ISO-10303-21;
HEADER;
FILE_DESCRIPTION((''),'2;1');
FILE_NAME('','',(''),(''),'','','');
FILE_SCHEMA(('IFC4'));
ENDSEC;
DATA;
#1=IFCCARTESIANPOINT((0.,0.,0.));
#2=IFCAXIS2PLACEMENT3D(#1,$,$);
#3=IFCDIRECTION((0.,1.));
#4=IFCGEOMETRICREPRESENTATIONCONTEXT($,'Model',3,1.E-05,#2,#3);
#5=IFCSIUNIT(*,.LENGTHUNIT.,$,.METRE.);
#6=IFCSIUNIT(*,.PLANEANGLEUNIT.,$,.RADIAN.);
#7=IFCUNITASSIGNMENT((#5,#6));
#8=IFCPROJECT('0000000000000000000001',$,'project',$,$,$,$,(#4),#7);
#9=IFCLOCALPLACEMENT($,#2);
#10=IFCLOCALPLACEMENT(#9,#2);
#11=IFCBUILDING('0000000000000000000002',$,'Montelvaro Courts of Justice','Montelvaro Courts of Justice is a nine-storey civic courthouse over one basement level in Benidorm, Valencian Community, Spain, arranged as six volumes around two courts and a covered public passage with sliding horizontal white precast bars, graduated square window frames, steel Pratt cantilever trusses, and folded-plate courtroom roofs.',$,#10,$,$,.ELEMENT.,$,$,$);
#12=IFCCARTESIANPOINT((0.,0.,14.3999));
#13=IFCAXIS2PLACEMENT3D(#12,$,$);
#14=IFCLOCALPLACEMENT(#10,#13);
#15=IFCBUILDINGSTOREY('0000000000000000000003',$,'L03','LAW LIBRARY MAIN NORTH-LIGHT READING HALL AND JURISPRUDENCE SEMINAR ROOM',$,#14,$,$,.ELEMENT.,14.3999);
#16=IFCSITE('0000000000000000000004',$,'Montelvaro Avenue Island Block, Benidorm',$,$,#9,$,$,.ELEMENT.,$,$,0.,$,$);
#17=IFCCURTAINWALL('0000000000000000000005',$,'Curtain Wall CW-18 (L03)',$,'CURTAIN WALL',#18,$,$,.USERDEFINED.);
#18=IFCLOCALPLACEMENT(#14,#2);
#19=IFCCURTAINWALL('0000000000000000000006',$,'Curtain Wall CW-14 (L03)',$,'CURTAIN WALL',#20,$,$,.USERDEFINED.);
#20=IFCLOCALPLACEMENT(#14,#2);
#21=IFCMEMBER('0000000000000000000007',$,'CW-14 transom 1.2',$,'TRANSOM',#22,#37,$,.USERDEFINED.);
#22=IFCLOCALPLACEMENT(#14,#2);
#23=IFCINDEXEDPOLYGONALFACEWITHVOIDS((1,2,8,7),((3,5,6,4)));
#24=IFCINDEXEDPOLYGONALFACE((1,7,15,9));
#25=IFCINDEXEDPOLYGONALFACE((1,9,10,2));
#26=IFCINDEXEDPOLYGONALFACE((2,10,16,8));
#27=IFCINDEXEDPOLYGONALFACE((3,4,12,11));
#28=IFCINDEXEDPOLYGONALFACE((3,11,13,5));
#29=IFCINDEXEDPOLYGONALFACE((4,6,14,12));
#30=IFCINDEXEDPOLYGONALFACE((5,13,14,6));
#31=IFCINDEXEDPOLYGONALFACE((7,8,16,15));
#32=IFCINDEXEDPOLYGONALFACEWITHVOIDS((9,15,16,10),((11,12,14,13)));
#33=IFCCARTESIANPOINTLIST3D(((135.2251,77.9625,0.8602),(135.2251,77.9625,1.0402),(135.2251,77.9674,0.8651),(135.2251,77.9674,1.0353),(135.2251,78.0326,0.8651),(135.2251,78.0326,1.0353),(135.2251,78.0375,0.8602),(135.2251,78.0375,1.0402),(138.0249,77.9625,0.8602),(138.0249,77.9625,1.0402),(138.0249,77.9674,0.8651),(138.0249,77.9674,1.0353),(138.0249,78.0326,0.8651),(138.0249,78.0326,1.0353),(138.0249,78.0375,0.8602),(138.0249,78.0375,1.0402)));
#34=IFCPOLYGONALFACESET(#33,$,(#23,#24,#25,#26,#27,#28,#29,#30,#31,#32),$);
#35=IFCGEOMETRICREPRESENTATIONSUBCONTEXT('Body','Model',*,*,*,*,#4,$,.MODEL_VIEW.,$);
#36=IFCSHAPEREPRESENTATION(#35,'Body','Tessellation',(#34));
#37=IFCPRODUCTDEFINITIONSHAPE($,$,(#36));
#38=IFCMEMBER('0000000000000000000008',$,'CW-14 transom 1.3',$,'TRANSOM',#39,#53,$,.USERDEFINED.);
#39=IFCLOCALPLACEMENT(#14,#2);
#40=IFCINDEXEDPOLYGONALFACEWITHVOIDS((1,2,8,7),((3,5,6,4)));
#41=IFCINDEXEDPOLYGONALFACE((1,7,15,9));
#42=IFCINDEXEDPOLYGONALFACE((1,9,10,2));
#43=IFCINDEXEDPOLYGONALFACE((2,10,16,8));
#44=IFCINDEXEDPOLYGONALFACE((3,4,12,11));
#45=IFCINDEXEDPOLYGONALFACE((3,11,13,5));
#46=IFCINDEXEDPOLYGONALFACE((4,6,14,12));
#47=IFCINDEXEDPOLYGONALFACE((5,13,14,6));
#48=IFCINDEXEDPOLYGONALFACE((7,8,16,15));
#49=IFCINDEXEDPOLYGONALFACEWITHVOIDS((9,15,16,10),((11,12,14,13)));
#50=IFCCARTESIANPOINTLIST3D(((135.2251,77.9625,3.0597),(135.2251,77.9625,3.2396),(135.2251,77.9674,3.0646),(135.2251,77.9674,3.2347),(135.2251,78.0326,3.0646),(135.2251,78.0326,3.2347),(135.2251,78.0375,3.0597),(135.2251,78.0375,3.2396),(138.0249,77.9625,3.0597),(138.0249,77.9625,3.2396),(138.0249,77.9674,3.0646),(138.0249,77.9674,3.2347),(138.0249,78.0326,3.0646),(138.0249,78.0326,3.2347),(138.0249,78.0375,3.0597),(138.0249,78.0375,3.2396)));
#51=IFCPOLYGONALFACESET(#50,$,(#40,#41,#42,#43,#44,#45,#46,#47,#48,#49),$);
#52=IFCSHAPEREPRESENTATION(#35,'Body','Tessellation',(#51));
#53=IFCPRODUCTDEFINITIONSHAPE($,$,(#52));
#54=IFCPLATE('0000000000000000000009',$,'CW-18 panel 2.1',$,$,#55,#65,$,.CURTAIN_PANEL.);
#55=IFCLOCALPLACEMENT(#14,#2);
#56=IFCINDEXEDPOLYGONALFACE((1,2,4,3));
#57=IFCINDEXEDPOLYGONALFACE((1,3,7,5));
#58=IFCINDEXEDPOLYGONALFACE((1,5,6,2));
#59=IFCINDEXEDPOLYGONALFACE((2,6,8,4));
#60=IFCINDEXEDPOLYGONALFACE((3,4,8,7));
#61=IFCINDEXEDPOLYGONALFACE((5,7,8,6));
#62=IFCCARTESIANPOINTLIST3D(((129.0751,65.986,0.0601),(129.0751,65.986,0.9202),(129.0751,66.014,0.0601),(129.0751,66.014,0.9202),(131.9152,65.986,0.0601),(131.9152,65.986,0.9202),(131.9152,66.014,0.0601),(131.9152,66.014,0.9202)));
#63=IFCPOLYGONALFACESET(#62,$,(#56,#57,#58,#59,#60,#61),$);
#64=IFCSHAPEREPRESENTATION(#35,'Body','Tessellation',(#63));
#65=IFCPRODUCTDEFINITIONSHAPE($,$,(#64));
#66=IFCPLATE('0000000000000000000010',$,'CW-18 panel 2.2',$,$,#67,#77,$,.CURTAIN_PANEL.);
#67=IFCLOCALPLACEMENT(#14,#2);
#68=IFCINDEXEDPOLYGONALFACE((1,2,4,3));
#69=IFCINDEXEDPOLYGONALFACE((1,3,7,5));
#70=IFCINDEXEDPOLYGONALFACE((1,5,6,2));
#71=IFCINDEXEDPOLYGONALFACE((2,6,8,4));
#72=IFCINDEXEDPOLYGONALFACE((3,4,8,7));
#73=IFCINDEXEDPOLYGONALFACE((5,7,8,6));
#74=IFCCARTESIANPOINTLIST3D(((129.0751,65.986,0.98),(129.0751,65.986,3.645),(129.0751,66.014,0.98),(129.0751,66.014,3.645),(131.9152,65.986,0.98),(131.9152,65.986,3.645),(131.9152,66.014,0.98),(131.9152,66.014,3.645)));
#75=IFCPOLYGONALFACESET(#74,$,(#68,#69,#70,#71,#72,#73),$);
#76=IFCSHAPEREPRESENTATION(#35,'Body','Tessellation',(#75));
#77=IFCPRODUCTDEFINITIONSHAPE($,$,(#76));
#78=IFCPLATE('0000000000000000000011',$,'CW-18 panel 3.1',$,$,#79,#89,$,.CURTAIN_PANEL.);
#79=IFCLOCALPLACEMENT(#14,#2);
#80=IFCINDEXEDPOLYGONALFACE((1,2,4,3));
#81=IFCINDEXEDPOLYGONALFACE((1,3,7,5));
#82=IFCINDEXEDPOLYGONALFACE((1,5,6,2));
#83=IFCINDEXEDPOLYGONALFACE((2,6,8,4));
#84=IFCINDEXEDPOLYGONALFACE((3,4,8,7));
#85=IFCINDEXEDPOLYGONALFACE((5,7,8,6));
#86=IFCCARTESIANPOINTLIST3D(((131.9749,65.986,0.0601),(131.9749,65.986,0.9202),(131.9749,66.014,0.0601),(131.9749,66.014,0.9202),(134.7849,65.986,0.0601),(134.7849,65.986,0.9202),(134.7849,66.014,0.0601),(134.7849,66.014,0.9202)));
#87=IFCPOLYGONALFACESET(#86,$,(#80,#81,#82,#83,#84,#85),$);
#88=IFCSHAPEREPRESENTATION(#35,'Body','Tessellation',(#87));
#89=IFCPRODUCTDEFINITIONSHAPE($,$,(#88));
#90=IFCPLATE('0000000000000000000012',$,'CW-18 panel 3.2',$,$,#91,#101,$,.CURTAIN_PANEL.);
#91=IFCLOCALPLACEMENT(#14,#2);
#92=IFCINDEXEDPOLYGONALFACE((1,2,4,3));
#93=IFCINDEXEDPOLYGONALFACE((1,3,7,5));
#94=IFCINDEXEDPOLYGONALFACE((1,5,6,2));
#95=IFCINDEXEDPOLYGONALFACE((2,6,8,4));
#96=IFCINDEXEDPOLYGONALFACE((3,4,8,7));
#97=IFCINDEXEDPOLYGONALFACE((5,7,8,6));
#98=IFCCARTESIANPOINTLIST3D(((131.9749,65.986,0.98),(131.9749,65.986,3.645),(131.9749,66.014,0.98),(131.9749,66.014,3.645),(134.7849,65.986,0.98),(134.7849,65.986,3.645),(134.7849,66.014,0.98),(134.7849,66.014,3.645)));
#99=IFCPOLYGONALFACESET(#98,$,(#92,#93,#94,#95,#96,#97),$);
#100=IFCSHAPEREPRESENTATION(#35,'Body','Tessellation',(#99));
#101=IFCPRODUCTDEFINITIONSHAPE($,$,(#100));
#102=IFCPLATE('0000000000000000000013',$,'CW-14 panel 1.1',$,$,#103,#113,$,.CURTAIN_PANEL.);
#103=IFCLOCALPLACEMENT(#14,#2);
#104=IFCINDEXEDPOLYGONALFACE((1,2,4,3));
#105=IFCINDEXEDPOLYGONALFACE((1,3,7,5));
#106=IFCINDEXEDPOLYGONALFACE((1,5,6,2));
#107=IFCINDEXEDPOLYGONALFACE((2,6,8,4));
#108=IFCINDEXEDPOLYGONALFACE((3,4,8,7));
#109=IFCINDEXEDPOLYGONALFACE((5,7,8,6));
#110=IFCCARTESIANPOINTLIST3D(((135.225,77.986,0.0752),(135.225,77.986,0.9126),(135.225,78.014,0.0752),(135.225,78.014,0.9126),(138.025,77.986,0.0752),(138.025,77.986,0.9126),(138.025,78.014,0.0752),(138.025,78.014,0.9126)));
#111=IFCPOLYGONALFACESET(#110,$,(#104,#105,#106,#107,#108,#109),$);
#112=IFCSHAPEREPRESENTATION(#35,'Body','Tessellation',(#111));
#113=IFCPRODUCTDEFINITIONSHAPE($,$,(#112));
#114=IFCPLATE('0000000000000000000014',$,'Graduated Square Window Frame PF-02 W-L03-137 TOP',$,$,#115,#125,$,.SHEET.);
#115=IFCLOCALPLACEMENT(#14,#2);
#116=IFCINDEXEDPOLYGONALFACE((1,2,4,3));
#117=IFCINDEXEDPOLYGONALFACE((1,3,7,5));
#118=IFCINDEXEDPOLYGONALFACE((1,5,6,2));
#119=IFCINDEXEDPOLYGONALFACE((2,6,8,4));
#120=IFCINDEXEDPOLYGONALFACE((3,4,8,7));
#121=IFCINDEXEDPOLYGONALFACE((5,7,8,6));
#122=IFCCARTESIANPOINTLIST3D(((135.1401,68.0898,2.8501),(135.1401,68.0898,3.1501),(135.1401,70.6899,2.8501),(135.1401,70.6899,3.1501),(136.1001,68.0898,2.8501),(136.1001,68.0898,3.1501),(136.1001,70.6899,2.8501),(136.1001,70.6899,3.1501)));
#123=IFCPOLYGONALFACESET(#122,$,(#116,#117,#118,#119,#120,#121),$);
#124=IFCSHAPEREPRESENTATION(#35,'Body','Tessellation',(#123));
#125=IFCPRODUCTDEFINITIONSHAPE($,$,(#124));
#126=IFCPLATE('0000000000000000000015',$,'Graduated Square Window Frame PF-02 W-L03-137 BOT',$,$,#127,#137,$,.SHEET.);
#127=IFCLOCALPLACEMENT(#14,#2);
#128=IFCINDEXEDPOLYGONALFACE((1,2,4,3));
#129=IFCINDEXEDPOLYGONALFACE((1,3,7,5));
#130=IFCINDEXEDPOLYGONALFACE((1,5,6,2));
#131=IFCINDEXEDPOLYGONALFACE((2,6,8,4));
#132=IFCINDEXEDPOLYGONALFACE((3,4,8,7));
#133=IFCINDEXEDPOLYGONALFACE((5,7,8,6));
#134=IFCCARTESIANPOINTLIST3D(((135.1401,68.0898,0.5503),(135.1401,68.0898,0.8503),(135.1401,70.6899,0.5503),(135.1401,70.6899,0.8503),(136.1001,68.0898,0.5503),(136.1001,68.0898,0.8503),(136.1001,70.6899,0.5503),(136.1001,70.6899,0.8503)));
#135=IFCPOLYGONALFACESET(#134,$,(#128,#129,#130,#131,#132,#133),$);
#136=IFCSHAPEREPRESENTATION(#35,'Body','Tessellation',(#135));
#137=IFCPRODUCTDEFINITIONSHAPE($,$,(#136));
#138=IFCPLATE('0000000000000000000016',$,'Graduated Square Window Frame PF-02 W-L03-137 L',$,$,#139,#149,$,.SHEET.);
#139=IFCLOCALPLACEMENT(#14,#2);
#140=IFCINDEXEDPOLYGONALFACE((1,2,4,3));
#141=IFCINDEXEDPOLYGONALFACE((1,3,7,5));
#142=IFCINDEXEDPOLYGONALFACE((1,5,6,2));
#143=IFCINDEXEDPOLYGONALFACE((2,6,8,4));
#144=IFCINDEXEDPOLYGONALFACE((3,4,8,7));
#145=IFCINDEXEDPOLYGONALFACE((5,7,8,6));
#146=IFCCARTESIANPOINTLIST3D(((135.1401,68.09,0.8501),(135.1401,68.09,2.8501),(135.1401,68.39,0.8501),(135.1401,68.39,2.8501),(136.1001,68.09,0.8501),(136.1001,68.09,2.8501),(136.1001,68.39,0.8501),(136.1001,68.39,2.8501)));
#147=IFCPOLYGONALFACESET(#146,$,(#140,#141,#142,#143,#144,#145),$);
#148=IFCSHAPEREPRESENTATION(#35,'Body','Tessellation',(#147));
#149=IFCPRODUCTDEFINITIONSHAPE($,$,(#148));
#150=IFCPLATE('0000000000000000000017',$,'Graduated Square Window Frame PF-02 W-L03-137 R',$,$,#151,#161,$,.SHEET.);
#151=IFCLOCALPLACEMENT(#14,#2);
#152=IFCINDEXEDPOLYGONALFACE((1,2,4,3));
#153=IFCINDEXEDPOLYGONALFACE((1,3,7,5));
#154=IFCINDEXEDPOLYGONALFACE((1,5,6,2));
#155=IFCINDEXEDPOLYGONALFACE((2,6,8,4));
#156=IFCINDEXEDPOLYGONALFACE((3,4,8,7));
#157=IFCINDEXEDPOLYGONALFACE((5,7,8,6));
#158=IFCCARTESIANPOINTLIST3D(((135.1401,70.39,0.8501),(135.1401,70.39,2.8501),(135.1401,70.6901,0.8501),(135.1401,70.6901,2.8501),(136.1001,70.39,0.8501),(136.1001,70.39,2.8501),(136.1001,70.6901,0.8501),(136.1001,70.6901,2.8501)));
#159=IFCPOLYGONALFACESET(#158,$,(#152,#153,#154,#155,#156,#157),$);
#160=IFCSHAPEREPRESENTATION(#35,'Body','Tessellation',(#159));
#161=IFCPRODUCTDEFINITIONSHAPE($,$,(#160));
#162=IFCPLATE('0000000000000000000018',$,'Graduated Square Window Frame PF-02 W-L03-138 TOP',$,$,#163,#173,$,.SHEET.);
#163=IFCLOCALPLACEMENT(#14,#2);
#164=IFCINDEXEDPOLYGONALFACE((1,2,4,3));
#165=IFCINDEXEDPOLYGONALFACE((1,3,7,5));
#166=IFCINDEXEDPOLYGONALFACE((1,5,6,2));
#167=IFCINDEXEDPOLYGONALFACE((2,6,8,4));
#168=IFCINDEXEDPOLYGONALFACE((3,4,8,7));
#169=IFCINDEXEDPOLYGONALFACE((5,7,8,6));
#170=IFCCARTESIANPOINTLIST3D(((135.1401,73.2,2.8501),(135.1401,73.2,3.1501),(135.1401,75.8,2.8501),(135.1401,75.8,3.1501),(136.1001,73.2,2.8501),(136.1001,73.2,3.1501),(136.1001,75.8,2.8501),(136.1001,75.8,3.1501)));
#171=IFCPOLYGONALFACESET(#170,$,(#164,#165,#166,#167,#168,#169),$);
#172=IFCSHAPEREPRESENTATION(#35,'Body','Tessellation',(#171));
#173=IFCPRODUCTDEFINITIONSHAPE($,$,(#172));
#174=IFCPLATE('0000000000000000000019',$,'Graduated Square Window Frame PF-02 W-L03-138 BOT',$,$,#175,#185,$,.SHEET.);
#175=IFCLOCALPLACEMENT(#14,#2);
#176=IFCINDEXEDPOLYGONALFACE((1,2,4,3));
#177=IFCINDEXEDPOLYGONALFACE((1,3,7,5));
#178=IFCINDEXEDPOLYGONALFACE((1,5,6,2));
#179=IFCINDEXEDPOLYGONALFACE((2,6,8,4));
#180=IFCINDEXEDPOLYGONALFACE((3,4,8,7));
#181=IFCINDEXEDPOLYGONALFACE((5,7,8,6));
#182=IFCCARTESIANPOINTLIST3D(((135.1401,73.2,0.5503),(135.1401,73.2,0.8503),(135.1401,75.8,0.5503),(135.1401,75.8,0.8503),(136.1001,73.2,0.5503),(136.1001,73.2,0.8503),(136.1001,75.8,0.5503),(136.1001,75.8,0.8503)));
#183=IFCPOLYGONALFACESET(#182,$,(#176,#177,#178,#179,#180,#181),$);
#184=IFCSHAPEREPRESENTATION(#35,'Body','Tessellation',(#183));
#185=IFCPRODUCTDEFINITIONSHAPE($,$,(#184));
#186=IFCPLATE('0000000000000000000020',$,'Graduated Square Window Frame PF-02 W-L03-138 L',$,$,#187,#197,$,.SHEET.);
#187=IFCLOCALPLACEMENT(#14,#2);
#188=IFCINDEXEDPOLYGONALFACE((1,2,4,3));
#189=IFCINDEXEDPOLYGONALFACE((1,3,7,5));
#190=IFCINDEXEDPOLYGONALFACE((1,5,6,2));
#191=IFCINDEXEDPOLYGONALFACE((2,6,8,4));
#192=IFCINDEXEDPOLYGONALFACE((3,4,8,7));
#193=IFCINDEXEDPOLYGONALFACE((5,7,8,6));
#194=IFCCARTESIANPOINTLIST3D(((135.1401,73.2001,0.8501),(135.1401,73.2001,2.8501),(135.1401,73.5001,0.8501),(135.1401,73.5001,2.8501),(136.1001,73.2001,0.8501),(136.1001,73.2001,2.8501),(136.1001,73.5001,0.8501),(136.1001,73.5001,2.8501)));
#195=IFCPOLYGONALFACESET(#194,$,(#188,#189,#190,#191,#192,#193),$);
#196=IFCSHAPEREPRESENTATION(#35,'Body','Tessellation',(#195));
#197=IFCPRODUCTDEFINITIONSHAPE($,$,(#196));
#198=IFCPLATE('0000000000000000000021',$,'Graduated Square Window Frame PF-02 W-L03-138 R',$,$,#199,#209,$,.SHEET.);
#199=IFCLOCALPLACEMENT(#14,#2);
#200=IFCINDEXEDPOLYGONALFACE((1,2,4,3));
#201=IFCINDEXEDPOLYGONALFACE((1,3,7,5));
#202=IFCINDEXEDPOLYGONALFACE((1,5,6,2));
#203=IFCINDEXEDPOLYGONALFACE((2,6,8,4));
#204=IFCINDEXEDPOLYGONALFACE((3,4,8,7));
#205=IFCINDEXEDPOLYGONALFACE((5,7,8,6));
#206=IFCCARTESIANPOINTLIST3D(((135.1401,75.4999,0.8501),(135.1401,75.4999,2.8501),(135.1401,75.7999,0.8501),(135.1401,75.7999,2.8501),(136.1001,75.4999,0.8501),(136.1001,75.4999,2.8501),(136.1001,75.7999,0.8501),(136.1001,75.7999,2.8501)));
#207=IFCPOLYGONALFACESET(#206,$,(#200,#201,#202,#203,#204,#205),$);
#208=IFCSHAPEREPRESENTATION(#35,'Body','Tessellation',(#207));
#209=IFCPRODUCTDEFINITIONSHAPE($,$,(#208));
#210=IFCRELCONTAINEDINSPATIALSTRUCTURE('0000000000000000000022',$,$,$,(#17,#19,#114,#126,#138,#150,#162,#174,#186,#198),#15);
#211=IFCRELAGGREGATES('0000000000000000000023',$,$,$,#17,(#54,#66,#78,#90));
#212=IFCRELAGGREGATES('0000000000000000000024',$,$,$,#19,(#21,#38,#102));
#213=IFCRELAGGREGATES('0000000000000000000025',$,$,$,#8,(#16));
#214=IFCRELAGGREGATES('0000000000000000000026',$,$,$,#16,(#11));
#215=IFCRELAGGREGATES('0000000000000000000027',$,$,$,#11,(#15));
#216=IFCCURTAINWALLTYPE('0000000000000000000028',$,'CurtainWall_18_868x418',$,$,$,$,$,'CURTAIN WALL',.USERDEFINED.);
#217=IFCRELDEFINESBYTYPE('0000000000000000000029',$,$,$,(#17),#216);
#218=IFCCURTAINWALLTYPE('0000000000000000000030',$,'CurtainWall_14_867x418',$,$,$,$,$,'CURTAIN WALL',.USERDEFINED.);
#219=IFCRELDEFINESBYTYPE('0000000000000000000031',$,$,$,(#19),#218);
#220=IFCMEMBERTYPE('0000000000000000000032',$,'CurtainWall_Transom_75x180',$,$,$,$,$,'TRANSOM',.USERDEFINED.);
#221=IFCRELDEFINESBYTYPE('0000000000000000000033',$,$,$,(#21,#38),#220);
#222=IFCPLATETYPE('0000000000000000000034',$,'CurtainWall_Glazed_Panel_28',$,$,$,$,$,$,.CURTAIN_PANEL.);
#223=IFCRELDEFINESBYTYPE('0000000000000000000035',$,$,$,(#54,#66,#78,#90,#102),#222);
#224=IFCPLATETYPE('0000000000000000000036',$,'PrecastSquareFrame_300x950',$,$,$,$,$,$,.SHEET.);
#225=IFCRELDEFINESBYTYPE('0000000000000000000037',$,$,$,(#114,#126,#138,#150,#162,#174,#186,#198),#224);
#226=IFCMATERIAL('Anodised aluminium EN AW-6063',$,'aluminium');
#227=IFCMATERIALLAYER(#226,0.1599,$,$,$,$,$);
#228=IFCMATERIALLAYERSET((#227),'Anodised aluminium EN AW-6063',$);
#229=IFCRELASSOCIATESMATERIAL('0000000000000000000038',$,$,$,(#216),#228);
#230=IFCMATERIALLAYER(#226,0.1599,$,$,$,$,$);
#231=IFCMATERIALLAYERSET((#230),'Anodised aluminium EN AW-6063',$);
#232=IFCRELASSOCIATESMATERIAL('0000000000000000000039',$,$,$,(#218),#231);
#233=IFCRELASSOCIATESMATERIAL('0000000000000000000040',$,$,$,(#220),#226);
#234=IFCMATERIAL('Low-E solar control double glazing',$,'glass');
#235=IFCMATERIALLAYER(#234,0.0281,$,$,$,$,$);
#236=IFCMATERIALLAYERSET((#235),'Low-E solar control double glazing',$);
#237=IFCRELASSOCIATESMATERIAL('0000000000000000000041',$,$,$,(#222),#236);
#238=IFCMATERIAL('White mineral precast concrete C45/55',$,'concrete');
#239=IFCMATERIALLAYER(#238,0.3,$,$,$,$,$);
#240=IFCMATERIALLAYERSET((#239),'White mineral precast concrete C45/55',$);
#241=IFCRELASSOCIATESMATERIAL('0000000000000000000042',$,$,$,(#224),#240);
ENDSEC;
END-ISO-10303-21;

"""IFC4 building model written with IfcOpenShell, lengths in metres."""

from ifc_helpers import new_model, si_unit, direction, frame, origin, origin_2d, place, context, subcontext, project, spatial, rectangle, hollow_rectangle, extrude, material, layer, layer_set, material_profile, profile_set, type_object, element, aggregate, save


model = new_model("IFC4")

# Units and contexts
model_context = context("Model", 3, precision=1e-05, world=origin(), true_north=direction((0.0, 1.0)))
body_context = subcontext(model_context, "Body", "Model", "MODEL_VIEW")
ifc_project = project(units=[si_unit("LENGTHUNIT", "METRE"), si_unit("PLANEANGLEUNIT", "RADIAN")], contexts=[model_context])

# Site, building, storey
site_placement = place(None, origin())
site = spatial("IfcSite", under=ifc_project, at=site_placement, Name="Montelvaro Avenue Island Block, Benidorm", CompositionType="ELEMENT", RefElevation=0.0)
building_placement = place(site_placement, origin())
building = spatial("IfcBuilding", under=site, at=building_placement, Name="Montelvaro Courts of Justice", Description="Montelvaro Courts of Justice is a nine-storey civic courthouse over one basement level in Benidorm, Valencian Community, Spain, arranged as six volumes around two courts and a covered public passage with sliding horizontal white precast bars, graduated square window frames, steel Pratt cantilever trusses, and folded-plate courtroom roofs.", CompositionType="ELEMENT")
storey_placement = place(building_placement, frame((0.0, 0.0, 14.3999)))
storey = spatial("IfcBuildingStorey", under=building, at=storey_placement, Name="L03", Description="LAW LIBRARY MAIN NORTH-LIGHT READING HALL AND JURISPRUDENCE SEMINAR ROOM", CompositionType="ELEMENT", Elevation=14.3999)

# Curtain wall
ifc_material_1 = material(Name="Anodised aluminium EN AW-6063", Category="aluminium")
ifc_layer_1 = layer(ifc_material_1, 0.1599)
ifc_layer_set_1 = layer_set([ifc_layer_1], Name="Anodised aluminium EN AW-6063")
curtain_wall_type_1 = type_object("IfcCurtainWallType", Name="CurtainWall_18_868x418", ElementType="CURTAIN WALL", PredefinedType="USERDEFINED", material=ifc_layer_set_1)
curtain_wall_1_placement = place(storey_placement, origin())
curtain_wall_1 = element("IfcCurtainWall", 1, at=curtain_wall_1_placement, inside=storey, type_object=curtain_wall_type_1, Name="Curtain Wall CW-18 (L03)", ObjectType="CURTAIN WALL", PredefinedType="USERDEFINED")

# Curtain wall
ifc_layer_2 = layer(ifc_material_1, 0.1599)
ifc_layer_set_2 = layer_set([ifc_layer_2], Name="Anodised aluminium EN AW-6063")
curtain_wall_type_2 = type_object("IfcCurtainWallType", Name="CurtainWall_14_867x418", ElementType="CURTAIN WALL", PredefinedType="USERDEFINED", material=ifc_layer_set_2)
curtain_wall_2_placement = place(storey_placement, origin())
curtain_wall_2 = element("IfcCurtainWall", 2, at=curtain_wall_2_placement, inside=storey, type_object=curtain_wall_type_2, Name="Curtain Wall CW-14 (L03)", ObjectType="CURTAIN WALL", PredefinedType="USERDEFINED")

# Members
ifc_material_profile_1 = material_profile(ifc_material_1, hollow_rectangle(XDim=0.075, YDim=0.1799, WallThickness=0.0049, at=origin_2d()), Name="ALU-T 75x180")
ifc_profile_set_1 = profile_set([ifc_material_profile_1], Name="Anodised aluminium EN AW-6063")
member_type_1 = type_object("IfcMemberType", Name="CurtainWall_Transom_75x180", ElementType="TRANSOM", PredefinedType="USERDEFINED", material=ifc_profile_set_1)
member_1_placement = place(storey_placement, frame((135.2251, 78.0, 0.9502), z_axis=(1.0, 0.0, 0.0), x_axis=(0.0, 1.0, 0.0)))
member_1 = element("IfcMember", 3, at=member_1_placement, type_object=member_type_1, Name="CW-14 transom 1.2", ObjectType="TRANSOM", PredefinedType="USERDEFINED", context=body_context, shape_type="SweptSolid", body=[
    extrude(hollow_rectangle(XDim=0.075, YDim=0.1799, WallThickness=0.0049, at=origin_2d()), origin(), (0.0, 0.0, 1.0), 2.7998),
])
member_2_placement = place(storey_placement, frame((135.2251, 78.0, 3.1497), z_axis=(1.0, 0.0, 0.0), x_axis=(0.0, 1.0, 0.0)))
member_2 = element("IfcMember", 4, at=member_2_placement, type_object=member_type_1, Name="CW-14 transom 1.3", ObjectType="TRANSOM", PredefinedType="USERDEFINED", context=body_context, shape_type="SweptSolid", body=[
    extrude(hollow_rectangle(XDim=0.075, YDim=0.1799, WallThickness=0.0049, at=origin_2d()), origin(), (0.0, 0.0, 1.0), 2.7998),
])

# Plates
ifc_material_2 = material(Name="Low-E solar control double glazing", Category="glass")
ifc_layer_3 = layer(ifc_material_2, 0.0281)
ifc_layer_set_3 = layer_set([ifc_layer_3], Name="Low-E solar control double glazing")
plate_type_1 = type_object("IfcPlateType", Name="CurtainWall_Glazed_Panel_28", PredefinedType="CURTAIN_PANEL", material=ifc_layer_set_3)
plate_1_placement = place(storey_placement, frame((130.4951, 66.0, 0.0601), z_axis=(0.0, 0.0, 1.0), x_axis=(1.0, 0.0, 0.0)))
plate_1 = element("IfcPlate", 5, at=plate_1_placement, type_object=plate_type_1, Name="CW-18 panel 2.1", PredefinedType="CURTAIN_PANEL", context=body_context, shape_type="SweptSolid", body=[
    extrude(rectangle(XDim=2.8401, YDim=0.0281, at=origin_2d()), origin(), (0.0, 0.0, 1.0), 0.8601),
])
plate_2_placement = place(storey_placement, frame((130.4951, 66.0, 0.98), z_axis=(0.0, 0.0, 1.0), x_axis=(1.0, 0.0, 0.0)))
plate_2 = element("IfcPlate", 6, at=plate_2_placement, type_object=plate_type_1, Name="CW-18 panel 2.2", PredefinedType="CURTAIN_PANEL", context=body_context, shape_type="SweptSolid", body=[
    extrude(rectangle(XDim=2.8401, YDim=0.0281, at=origin_2d()), origin(), (0.0, 0.0, 1.0), 2.665),
])
plate_3_placement = place(storey_placement, frame((133.3799, 66.0, 0.0601), z_axis=(0.0, 0.0, 1.0), x_axis=(1.0, 0.0, 0.0)))
plate_3 = element("IfcPlate", 7, at=plate_3_placement, type_object=plate_type_1, Name="CW-18 panel 3.1", PredefinedType="CURTAIN_PANEL", context=body_context, shape_type="SweptSolid", body=[
    extrude(rectangle(XDim=2.8101, YDim=0.0281, at=origin_2d()), origin(), (0.0, 0.0, 1.0), 0.8601),
])
plate_4_placement = place(storey_placement, frame((133.3799, 66.0, 0.98), z_axis=(0.0, 0.0, 1.0), x_axis=(1.0, 0.0, 0.0)))
plate_4 = element("IfcPlate", 8, at=plate_4_placement, type_object=plate_type_1, Name="CW-18 panel 3.2", PredefinedType="CURTAIN_PANEL", context=body_context, shape_type="SweptSolid", body=[
    extrude(rectangle(XDim=2.8101, YDim=0.0281, at=origin_2d()), origin(), (0.0, 0.0, 1.0), 2.665),
])
aggregate(curtain_wall_1, [plate_1, plate_2, plate_3, plate_4])
plate_5_placement = place(storey_placement, frame((136.625, 78.0, 0.0752), z_axis=(0.0, 0.0, 1.0), x_axis=(1.0, 0.0, 0.0)))
plate_5 = element("IfcPlate", 9, at=plate_5_placement, type_object=plate_type_1, Name="CW-14 panel 1.1", PredefinedType="CURTAIN_PANEL", context=body_context, shape_type="SweptSolid", body=[
    extrude(rectangle(XDim=2.8, YDim=0.0281, at=origin_2d()), origin(), (0.0, 0.0, 1.0), 0.8374),
])
aggregate(curtain_wall_2, [member_1, member_2, plate_5])

# Plates
ifc_material_3 = material(Name="White mineral precast concrete C45/55", Category="concrete")
ifc_layer_4 = layer(ifc_material_3, 0.3)
ifc_layer_set_4 = layer_set([ifc_layer_4], Name="White mineral precast concrete C45/55")
plate_type_2 = type_object("IfcPlateType", Name="PrecastSquareFrame_300x950", PredefinedType="SHEET", material=ifc_layer_set_4)
for number, where, z_axis, x_axis, name in (
    (10, (135.6201, 69.3899, 2.8501), (0.0, 0.0, 1.0), (0.0, 1.0, 0.0), "Graduated Square Window Frame PF-02 W-L03-137 TOP"),
    (11, (135.6201, 69.3899, 0.5503), (0.0, 0.0, 1.0), (0.0, 1.0, 0.0), "Graduated Square Window Frame PF-02 W-L03-137 BOT"),
):
    element("IfcPlate", number, at=place(storey_placement, frame(where, z_axis=z_axis, x_axis=x_axis)), inside=storey, type_object=plate_type_2, Name=name, PredefinedType="SHEET", context=body_context, shape_type="SweptSolid", body=[
        extrude(rectangle(XDim=2.6001, YDim=0.96, at=origin_2d()), origin(), (0.0, 0.0, 1.0), 0.3),
    ])
for number, where, z_axis, x_axis, name in (
    (12, (135.6201, 68.24, 0.8501), (0.0, 0.0, 1.0), (0.0, 1.0, 0.0), "Graduated Square Window Frame PF-02 W-L03-137 L"),
    (13, (135.6201, 70.54, 0.8501), (0.0, 0.0, 1.0), (0.0, 1.0, 0.0), "Graduated Square Window Frame PF-02 W-L03-137 R"),
):
    element("IfcPlate", number, at=place(storey_placement, frame(where, z_axis=z_axis, x_axis=x_axis)), inside=storey, type_object=plate_type_2, Name=name, PredefinedType="SHEET", context=body_context, shape_type="SweptSolid", body=[
        extrude(rectangle(XDim=0.3, YDim=0.96, at=origin_2d()), origin(), (0.0, 0.0, 1.0), 2.0),
    ])
for number, where, z_axis, x_axis, name in (
    (14, (135.6201, 74.5, 2.8501), (0.0, 0.0, 1.0), (0.0, 1.0, 0.0), "Graduated Square Window Frame PF-02 W-L03-138 TOP"),
    (15, (135.6201, 74.5, 0.5503), (0.0, 0.0, 1.0), (0.0, 1.0, 0.0), "Graduated Square Window Frame PF-02 W-L03-138 BOT"),
):
    element("IfcPlate", number, at=place(storey_placement, frame(where, z_axis=z_axis, x_axis=x_axis)), inside=storey, type_object=plate_type_2, Name=name, PredefinedType="SHEET", context=body_context, shape_type="SweptSolid", body=[
        extrude(rectangle(XDim=2.6001, YDim=0.96, at=origin_2d()), origin(), (0.0, 0.0, 1.0), 0.3),
    ])
for number, where, z_axis, x_axis, name in (
    (16, (135.6201, 73.3501, 0.8501), (0.0, 0.0, 1.0), (0.0, 1.0, 0.0), "Graduated Square Window Frame PF-02 W-L03-138 L"),
    (17, (135.6201, 75.6499, 0.8501), (0.0, 0.0, 1.0), (0.0, 1.0, 0.0), "Graduated Square Window Frame PF-02 W-L03-138 R"),
):
    element("IfcPlate", number, at=place(storey_placement, frame(where, z_axis=z_axis, x_axis=x_axis)), inside=storey, type_object=plate_type_2, Name=name, PredefinedType="SHEET", context=body_context, shape_type="SweptSolid", body=[
        extrude(rectangle(XDim=0.3, YDim=0.96, at=origin_2d()), origin(), (0.0, 0.0, 1.0), 2.0),
    ])

save(model, "model.ifc")
